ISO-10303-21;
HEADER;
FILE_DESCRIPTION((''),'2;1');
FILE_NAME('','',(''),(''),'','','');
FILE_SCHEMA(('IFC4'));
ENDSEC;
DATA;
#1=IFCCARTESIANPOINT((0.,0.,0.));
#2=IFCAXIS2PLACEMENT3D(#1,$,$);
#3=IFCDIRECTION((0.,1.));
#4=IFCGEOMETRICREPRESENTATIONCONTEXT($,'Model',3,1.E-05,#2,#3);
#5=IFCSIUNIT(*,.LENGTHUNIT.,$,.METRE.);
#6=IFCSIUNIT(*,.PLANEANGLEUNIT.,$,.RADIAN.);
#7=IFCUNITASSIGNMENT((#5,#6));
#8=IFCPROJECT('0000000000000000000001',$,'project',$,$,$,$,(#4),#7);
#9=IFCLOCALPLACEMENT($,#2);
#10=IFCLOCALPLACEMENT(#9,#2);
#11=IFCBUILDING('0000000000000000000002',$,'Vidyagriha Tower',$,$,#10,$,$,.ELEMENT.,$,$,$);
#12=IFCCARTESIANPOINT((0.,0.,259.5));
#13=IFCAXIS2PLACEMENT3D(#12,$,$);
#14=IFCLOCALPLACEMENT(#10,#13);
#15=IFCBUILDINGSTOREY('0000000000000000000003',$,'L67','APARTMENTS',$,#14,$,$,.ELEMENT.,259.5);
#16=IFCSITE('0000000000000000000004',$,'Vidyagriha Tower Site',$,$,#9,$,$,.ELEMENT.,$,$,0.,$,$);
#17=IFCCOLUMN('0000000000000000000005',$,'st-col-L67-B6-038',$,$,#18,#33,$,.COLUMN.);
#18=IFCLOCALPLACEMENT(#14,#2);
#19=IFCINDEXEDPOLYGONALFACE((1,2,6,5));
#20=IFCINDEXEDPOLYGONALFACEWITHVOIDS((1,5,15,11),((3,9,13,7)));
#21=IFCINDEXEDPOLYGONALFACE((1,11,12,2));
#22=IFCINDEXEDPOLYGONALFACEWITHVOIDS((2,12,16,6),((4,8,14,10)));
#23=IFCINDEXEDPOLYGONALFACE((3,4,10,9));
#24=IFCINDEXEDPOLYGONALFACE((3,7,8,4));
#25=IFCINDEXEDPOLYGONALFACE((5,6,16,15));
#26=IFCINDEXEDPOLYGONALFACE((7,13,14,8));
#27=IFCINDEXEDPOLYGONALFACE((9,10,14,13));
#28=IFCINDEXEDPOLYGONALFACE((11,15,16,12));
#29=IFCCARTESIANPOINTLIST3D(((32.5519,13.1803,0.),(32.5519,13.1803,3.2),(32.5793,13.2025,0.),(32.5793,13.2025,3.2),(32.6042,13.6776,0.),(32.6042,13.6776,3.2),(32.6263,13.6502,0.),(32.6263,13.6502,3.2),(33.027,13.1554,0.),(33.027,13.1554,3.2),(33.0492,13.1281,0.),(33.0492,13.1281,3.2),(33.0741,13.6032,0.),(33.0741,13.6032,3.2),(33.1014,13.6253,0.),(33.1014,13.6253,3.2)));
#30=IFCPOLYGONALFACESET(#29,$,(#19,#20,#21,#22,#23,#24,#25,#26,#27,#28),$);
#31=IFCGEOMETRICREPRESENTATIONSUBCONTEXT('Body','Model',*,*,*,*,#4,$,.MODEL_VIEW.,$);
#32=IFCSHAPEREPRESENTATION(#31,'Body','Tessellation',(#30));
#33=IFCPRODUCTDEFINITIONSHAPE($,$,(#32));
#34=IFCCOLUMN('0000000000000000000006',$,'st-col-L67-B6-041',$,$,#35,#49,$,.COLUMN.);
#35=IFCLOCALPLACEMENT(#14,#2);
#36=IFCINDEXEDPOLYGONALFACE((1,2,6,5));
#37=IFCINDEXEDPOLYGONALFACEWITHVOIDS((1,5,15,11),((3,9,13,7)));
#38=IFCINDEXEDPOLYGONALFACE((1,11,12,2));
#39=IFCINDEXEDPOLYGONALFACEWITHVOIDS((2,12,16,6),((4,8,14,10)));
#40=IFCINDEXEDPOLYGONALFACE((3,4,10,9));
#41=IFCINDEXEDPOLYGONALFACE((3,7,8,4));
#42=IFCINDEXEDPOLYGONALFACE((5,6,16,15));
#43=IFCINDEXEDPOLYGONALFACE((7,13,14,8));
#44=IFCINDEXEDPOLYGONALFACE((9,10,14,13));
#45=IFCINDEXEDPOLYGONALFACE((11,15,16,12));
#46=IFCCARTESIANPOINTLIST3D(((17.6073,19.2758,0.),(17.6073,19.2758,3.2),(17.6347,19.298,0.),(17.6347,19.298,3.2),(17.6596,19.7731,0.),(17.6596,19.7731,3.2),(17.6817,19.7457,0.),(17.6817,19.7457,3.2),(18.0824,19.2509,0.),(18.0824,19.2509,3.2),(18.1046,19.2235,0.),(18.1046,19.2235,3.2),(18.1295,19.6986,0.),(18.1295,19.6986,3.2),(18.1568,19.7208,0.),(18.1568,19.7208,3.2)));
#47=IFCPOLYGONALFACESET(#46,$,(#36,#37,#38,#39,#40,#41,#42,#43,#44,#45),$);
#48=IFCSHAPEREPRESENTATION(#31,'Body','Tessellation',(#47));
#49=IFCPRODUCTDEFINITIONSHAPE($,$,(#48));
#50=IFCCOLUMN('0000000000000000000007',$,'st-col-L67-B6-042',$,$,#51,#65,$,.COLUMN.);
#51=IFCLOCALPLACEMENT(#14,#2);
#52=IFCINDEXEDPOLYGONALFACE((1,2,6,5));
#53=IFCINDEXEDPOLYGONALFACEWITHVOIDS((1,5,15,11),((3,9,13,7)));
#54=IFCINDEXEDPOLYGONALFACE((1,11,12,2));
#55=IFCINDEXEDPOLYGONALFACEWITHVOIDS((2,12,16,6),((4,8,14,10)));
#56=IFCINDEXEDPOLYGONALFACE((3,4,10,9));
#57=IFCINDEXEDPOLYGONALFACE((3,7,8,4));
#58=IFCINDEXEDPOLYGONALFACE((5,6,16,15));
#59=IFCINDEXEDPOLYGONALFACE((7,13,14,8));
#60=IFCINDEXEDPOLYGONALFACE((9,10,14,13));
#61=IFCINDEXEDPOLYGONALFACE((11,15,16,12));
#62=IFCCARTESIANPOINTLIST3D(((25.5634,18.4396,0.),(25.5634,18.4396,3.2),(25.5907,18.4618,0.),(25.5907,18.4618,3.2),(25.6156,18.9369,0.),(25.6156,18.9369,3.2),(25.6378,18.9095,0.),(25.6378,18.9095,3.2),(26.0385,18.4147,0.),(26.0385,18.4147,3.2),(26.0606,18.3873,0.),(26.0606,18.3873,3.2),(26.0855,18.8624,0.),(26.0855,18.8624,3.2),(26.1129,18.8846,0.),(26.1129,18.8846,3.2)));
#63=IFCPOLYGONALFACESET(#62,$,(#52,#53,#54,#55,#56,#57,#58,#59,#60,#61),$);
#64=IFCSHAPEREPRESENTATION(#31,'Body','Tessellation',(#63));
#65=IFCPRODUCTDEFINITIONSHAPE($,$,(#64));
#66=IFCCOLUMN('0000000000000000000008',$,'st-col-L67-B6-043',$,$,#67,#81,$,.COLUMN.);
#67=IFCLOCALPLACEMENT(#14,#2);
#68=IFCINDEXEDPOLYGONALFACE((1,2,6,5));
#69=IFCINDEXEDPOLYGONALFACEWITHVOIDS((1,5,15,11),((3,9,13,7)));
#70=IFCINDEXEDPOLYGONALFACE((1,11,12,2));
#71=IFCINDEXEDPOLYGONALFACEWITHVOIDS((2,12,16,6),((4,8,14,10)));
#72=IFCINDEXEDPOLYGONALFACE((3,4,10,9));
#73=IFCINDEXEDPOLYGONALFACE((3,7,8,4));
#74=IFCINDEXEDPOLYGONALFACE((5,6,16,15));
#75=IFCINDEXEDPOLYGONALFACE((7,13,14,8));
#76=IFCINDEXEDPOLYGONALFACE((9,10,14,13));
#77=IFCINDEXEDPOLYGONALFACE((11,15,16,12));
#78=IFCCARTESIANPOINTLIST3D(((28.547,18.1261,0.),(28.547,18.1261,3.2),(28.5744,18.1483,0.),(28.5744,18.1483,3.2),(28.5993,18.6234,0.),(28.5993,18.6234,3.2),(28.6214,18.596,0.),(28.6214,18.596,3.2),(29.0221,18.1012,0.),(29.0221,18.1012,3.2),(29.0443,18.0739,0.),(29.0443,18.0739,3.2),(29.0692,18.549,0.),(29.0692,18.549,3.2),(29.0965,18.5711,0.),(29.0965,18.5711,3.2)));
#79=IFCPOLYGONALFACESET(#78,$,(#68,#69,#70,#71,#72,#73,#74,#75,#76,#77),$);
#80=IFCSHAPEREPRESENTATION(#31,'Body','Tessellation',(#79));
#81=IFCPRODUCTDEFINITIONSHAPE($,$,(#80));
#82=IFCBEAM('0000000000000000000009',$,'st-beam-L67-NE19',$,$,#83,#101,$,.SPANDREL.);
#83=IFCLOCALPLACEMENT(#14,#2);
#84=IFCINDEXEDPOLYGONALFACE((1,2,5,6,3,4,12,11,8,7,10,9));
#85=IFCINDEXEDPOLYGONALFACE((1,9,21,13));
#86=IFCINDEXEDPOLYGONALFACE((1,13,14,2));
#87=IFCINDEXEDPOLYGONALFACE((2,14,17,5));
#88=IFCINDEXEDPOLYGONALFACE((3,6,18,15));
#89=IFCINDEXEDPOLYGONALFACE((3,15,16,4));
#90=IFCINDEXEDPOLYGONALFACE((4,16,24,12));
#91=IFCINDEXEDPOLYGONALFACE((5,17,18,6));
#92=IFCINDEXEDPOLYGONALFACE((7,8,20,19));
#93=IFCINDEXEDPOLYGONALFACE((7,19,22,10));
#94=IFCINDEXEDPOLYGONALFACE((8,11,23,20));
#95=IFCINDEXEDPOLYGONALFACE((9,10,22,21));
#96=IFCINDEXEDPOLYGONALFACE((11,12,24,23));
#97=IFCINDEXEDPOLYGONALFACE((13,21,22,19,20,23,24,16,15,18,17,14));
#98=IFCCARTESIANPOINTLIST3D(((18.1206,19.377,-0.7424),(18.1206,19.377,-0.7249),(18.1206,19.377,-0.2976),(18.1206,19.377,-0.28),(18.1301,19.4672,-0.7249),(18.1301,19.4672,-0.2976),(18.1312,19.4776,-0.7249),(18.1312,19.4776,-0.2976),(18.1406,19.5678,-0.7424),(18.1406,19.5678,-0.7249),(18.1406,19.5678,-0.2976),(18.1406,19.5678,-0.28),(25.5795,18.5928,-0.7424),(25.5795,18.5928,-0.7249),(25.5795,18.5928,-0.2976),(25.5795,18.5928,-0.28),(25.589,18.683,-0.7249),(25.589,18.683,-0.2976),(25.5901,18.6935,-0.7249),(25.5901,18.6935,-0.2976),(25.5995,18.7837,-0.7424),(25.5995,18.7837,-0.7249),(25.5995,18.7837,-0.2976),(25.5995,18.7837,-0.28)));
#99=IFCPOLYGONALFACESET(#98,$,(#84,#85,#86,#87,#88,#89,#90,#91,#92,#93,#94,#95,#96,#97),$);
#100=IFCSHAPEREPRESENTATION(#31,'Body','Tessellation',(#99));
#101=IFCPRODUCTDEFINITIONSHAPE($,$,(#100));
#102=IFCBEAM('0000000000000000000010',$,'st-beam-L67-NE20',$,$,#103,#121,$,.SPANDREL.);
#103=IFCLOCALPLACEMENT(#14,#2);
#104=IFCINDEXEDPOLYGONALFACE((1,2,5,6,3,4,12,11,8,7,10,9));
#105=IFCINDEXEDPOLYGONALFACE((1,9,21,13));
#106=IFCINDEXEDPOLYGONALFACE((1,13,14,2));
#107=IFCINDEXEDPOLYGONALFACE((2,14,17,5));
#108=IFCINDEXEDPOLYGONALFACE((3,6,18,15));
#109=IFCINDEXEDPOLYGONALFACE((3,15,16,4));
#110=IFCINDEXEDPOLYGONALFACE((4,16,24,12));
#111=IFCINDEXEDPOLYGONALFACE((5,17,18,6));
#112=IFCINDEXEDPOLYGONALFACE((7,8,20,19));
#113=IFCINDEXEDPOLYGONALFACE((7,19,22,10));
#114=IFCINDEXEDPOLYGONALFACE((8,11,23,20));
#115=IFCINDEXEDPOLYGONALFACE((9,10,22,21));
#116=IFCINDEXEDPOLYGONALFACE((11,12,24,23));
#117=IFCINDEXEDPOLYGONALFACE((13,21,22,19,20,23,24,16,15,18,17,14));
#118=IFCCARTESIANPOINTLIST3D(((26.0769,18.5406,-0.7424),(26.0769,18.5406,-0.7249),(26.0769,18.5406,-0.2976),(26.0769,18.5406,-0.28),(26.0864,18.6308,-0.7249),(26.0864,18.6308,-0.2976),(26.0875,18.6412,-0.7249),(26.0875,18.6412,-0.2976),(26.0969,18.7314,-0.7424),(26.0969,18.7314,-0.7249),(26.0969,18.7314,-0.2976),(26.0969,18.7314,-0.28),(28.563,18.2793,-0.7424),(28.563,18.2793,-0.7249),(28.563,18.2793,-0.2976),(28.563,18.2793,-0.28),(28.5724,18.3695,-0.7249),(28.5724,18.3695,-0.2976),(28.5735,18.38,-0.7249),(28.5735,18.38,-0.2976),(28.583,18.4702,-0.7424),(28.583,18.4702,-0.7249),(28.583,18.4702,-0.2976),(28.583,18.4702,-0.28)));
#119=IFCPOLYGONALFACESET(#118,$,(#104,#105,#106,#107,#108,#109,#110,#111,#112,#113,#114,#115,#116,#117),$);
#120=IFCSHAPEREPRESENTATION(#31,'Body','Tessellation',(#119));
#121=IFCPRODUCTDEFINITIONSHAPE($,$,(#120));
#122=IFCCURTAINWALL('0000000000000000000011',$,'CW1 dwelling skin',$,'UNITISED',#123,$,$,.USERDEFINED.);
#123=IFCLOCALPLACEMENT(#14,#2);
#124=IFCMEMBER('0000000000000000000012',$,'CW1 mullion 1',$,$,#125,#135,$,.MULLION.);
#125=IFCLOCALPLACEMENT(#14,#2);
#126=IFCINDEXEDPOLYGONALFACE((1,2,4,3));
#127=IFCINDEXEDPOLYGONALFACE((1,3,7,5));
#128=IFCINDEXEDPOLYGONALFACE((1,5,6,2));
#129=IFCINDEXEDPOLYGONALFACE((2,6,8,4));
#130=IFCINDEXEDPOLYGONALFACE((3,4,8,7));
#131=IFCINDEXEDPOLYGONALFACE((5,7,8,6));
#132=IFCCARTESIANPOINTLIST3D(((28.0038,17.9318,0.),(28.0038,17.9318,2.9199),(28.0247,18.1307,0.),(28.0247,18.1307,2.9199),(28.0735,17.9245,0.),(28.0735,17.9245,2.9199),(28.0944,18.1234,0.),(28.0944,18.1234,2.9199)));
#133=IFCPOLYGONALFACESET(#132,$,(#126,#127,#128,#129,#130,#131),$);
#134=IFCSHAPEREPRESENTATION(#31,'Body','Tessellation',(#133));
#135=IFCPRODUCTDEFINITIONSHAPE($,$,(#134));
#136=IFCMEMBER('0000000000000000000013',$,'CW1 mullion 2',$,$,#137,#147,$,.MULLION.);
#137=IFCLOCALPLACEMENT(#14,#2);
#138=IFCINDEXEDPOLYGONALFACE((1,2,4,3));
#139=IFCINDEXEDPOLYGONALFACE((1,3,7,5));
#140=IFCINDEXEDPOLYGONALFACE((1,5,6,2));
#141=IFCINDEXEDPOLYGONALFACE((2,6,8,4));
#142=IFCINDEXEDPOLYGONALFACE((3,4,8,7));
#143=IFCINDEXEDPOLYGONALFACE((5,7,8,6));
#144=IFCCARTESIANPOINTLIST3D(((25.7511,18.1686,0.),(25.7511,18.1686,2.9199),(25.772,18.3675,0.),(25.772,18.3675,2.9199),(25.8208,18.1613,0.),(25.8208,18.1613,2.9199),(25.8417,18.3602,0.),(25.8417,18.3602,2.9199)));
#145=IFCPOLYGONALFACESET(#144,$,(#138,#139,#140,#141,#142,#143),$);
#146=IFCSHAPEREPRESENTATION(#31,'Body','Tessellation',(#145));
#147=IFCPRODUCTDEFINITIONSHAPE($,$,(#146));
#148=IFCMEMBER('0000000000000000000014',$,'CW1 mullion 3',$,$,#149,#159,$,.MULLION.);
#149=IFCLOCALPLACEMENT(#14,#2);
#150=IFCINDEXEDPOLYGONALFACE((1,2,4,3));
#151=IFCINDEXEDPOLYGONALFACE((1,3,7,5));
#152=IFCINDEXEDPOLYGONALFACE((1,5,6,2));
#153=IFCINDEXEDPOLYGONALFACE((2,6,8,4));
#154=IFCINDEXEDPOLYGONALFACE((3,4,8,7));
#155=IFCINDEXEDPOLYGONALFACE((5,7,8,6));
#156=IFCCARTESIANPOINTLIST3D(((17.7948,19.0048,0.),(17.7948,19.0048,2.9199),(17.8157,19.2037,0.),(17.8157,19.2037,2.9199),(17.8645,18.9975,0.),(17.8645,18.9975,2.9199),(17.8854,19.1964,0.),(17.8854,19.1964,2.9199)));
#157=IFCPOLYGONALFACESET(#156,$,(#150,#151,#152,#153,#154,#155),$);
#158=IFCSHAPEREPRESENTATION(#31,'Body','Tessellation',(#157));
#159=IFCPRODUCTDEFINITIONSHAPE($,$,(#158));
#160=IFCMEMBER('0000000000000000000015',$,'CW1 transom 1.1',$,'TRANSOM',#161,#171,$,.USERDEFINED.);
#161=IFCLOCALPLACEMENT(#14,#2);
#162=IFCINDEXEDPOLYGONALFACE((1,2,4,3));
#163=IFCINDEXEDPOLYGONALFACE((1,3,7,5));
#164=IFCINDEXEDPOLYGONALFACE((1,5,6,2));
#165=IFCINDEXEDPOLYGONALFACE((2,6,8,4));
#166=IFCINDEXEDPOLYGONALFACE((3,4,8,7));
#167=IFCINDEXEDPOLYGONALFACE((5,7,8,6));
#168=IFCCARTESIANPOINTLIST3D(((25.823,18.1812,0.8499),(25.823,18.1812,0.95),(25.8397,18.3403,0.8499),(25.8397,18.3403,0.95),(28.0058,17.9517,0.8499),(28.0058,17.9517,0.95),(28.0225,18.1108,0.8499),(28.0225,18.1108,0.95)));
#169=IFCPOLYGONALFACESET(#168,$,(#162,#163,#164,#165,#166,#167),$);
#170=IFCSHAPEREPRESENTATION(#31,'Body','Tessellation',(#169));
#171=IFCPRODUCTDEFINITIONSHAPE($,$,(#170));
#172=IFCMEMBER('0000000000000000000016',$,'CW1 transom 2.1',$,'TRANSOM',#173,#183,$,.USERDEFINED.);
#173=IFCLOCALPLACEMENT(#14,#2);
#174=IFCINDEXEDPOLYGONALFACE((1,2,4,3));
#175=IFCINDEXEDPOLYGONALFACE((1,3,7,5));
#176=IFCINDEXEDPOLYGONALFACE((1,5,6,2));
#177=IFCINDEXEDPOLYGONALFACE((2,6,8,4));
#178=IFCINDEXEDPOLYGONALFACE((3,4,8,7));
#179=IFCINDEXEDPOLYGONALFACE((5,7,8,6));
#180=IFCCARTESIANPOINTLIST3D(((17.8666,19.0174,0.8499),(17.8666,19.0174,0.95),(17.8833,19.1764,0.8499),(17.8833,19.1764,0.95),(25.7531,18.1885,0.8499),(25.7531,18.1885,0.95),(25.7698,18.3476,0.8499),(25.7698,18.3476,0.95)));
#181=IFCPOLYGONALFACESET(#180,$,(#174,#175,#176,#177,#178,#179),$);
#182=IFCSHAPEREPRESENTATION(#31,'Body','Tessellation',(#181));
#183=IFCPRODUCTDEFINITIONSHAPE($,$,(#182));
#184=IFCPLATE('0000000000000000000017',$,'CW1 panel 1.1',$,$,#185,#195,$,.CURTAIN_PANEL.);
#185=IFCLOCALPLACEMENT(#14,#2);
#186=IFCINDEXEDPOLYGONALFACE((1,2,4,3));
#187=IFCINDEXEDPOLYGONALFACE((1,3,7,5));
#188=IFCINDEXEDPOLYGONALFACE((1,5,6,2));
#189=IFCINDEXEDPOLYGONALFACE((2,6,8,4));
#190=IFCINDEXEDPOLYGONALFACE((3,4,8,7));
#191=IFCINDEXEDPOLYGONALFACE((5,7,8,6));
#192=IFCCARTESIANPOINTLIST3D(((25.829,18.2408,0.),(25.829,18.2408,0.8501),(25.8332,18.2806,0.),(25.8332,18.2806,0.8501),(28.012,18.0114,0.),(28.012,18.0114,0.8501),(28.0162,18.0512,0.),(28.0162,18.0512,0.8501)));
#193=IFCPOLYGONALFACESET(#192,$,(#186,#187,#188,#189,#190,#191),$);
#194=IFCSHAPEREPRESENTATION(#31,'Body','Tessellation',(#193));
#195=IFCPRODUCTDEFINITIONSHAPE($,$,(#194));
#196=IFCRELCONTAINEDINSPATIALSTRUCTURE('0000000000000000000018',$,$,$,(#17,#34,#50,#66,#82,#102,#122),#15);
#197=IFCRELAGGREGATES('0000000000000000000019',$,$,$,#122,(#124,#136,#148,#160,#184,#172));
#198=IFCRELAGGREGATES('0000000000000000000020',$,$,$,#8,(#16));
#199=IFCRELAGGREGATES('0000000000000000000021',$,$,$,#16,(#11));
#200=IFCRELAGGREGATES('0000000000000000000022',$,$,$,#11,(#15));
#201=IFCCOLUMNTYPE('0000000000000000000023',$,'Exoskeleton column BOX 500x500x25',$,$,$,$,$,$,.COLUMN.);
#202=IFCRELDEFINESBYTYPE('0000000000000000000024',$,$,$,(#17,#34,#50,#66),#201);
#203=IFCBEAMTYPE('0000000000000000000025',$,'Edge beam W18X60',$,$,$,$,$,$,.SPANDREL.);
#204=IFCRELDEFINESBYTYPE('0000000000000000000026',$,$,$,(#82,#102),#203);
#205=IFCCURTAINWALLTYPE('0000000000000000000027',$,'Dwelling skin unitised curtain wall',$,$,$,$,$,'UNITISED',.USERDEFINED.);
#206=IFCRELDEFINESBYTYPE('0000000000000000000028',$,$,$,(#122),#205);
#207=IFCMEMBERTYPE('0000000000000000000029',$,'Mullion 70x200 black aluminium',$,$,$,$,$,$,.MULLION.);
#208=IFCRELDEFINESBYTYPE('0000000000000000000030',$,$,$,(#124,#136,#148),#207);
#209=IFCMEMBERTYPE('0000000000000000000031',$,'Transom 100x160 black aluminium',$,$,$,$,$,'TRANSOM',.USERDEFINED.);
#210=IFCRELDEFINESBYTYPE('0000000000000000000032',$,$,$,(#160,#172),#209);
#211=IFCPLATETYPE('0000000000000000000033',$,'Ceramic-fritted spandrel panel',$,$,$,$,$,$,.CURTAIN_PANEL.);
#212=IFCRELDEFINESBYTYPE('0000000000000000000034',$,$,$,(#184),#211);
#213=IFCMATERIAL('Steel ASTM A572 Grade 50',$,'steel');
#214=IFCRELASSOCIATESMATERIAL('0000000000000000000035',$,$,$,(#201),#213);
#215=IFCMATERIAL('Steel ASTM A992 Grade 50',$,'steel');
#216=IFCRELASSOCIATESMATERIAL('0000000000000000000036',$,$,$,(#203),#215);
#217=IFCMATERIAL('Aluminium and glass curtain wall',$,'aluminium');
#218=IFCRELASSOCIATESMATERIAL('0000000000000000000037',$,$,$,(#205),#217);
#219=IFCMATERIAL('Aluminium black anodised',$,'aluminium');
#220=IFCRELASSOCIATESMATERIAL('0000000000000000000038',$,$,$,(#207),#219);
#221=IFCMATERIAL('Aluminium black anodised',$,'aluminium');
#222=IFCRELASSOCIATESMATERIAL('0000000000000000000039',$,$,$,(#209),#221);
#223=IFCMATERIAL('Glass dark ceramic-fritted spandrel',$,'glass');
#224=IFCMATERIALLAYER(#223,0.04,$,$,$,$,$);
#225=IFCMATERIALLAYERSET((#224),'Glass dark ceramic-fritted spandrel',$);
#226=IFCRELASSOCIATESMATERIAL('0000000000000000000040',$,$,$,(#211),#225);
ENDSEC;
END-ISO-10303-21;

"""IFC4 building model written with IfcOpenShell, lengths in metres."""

from ifc_helpers import new_model, si_unit, direction, frame, origin, origin_2d, place, context, subcontext, project, spatial, rectangle, hollow_rectangle, i_section, extrude, material, layer, layer_set, material_profile, profile_set, type_object, element, aggregate, save


model = new_model("IFC4")

# Units and contexts
model_context = context("Model", 3, precision=1e-05, world=origin(), true_north=direction((0.0, 1.0)))
body_context = subcontext(model_context, "Body", "Model", "MODEL_VIEW")
ifc_project = project(units=[si_unit("LENGTHUNIT", "METRE"), si_unit("PLANEANGLEUNIT", "RADIAN")], contexts=[model_context])

# Site, building, storey
site_placement = place(None, origin())
site = spatial("IfcSite", under=ifc_project, at=site_placement, Name="Vidyagriha Tower Site", CompositionType="ELEMENT", RefElevation=0.0)
building_placement = place(site_placement, origin())
building = spatial("IfcBuilding", under=site, at=building_placement, Name="Vidyagriha Tower", CompositionType="ELEMENT")
storey_placement = place(building_placement, frame((0.0, 0.0, 259.5)))
storey = spatial("IfcBuildingStorey", under=building, at=storey_placement, Name="L67", Description="APARTMENTS", CompositionType="ELEMENT", Elevation=259.5)

# Columns
ifc_material_1 = material(Name="Steel ASTM A572 Grade 50", Category="steel")
ifc_material_profile_1 = material_profile(ifc_material_1, hollow_rectangle(XDim=0.5, YDim=0.5, WallThickness=0.0249, at=origin_2d()), Name="BOX 500x500x25")
ifc_profile_set_1 = profile_set([ifc_material_profile_1], Name="Steel ASTM A572 Grade 50")
column_type = type_object("IfcColumnType", Name="Exoskeleton column BOX 500x500x25", PredefinedType="COLUMN", material=ifc_profile_set_1)
for number, where, z_axis, x_axis, name in (
    (1, (32.8267, 13.4028, 0.0), (0.0, 0.0, 1.0), (0.994522, -0.104528, 0.0), "st-col-L67-B6-038"),
    (2, (17.8821, 19.4983, 0.0), (0.0, 0.0, 1.0), (0.994522, -0.104528, 0.0), "st-col-L67-B6-041"),
    (3, (25.8381, 18.6621, 0.0), (0.0, 0.0, 1.0), (0.994522, -0.104528, 0.0), "st-col-L67-B6-042"),
    (4, (28.8218, 18.3486, 0.0), (0.0, 0.0, 1.0), (0.994522, -0.104528, 0.0), "st-col-L67-B6-043"),
):
    element("IfcColumn", number, at=place(storey_placement, frame(where, z_axis=z_axis, x_axis=x_axis)), inside=storey, type_object=column_type, Name=name, PredefinedType="COLUMN", context=body_context, shape_type="SweptSolid", body=[
        extrude(hollow_rectangle(XDim=0.5, YDim=0.5, WallThickness=0.0249, at=origin_2d()), origin(), (0.0, 0.0, 1.0), 3.2),
    ])

# Beams
ifc_material_2 = material(Name="Steel ASTM A992 Grade 50", Category="steel")
ifc_material_profile_2 = material_profile(ifc_material_2, i_section(OverallWidth=0.1919, OverallDepth=0.4624, WebThickness=0.0105, FlangeThickness=0.0176, at=origin_2d()), Name="W18X60")
ifc_profile_set_2 = profile_set([ifc_material_profile_2], Name="Steel ASTM A992 Grade 50")
beam_type = type_object("IfcBeamType", Name="Edge beam W18X60", PredefinedType="SPANDREL", material=ifc_profile_set_2)
beam_1_placement = place(storey_placement, frame((18.1306, 19.4724, -0.5112), z_axis=(0.994519, -0.104556, 0.0), x_axis=(0.104556, 0.994519, 0.0)))
element("IfcBeam", 5, at=beam_1_placement, inside=storey, type_object=beam_type, Name="st-beam-L67-NE19", PredefinedType="SPANDREL", context=body_context, shape_type="SweptSolid", body=[
    extrude(i_section(OverallWidth=0.1919, OverallDepth=0.4624, WebThickness=0.0105, FlangeThickness=0.0176, at=origin_2d()), origin(), (0.0, 0.0, 1.0), 7.5),
])
beam_2_placement = place(storey_placement, frame((26.0869, 18.636, -0.5112), z_axis=(0.994525, -0.104502, 0.0), x_axis=(0.104502, 0.994525, 0.0)))
element("IfcBeam", 6, at=beam_2_placement, inside=storey, type_object=beam_type, Name="st-beam-L67-NE20", PredefinedType="SPANDREL", context=body_context, shape_type="SweptSolid", body=[
    extrude(i_section(OverallWidth=0.1919, OverallDepth=0.4624, WebThickness=0.0105, FlangeThickness=0.0176, at=origin_2d()), origin(), (0.0, 0.0, 1.0), 2.4998),
])

# Curtain wall, members, plate
ifc_material_3 = material(Name="Aluminium and glass curtain wall", Category="aluminium")
curtain_wall_type = type_object("IfcCurtainWallType", Name="Dwelling skin unitised curtain wall", ElementType="UNITISED", PredefinedType="USERDEFINED", material=ifc_material_3)
curtain_wall_placement = place(storey_placement, origin())
curtain_wall = element("IfcCurtainWall", 7, at=curtain_wall_placement, inside=storey, type_object=curtain_wall_type, Name="CW1 dwelling skin", ObjectType="UNITISED", PredefinedType="USERDEFINED")
ifc_material_4 = material(Name="Aluminium black anodised", Category="aluminium")
ifc_material_profile_3 = material_profile(ifc_material_4, rectangle(XDim=0.2, YDim=0.0701, at=origin_2d()), Name="Mullion 70x200 black aluminium")
ifc_profile_set_3 = profile_set([ifc_material_profile_3], Name="Aluminium black anodised")
member_type_1 = type_object("IfcMemberType", Name="Mullion 70x200 black aluminium", PredefinedType="MULLION", material=ifc_profile_set_3)
member_1_placement = place(storey_placement, frame((28.0491, 18.0276, 0.0), z_axis=(0.0, 0.0, 1.0), x_axis=(-0.104529, -0.994522, 0.0)))
member_1 = element("IfcMember", 8, at=member_1_placement, type_object=member_type_1, Name="CW1 mullion 1", PredefinedType="MULLION", context=body_context, shape_type="SweptSolid", body=[
    extrude(rectangle(XDim=0.2, YDim=0.0701, at=origin_2d()), origin(), (0.0, 0.0, 1.0), 2.9199),
])
member_2_placement = place(storey_placement, frame((25.7964, 18.2644, 0.0), z_axis=(0.0, 0.0, 1.0), x_axis=(-0.104529, -0.994522, 0.0)))
member_2 = element("IfcMember", 9, at=member_2_placement, type_object=member_type_1, Name="CW1 mullion 2", PredefinedType="MULLION", context=body_context, shape_type="SweptSolid", body=[
    extrude(rectangle(XDim=0.2, YDim=0.0701, at=origin_2d()), origin(), (0.0, 0.0, 1.0), 2.9199),
])
member_3_placement = place(storey_placement, frame((17.8401, 19.1006, 0.0), z_axis=(0.0, 0.0, 1.0), x_axis=(-0.104529, -0.994522, 0.0)))
member_3 = element("IfcMember", 10, at=member_3_placement, type_object=member_type_1, Name="CW1 mullion 3", PredefinedType="MULLION", context=body_context, shape_type="SweptSolid", body=[
    extrude(rectangle(XDim=0.2, YDim=0.0701, at=origin_2d()), origin(), (0.0, 0.0, 1.0), 2.9199),
])
ifc_material_5 = material(Name="Aluminium black anodised", Category="aluminium")
ifc_material_profile_4 = material_profile(ifc_material_5, rectangle(XDim=0.1599, YDim=0.1001, at=origin_2d()), Name="Transom 100x160 black aluminium")
ifc_profile_set_4 = profile_set([ifc_material_profile_4], Name="Aluminium black anodised")
member_type_2 = type_object("IfcMemberType", Name="Transom 100x160 black aluminium", ElementType="TRANSOM", PredefinedType="USERDEFINED", material=ifc_profile_set_4)
member_4_placement = place(storey_placement, frame((28.0142, 18.0312, 0.8999), z_axis=(-0.994519, 0.104557, 0.0), x_axis=(-0.104557, -0.994519, 0.0)))
member_4 = element("IfcMember", 11, at=member_4_placement, type_object=member_type_2, Name="CW1 transom 1.1", ObjectType="TRANSOM", PredefinedType="USERDEFINED", context=body_context, shape_type="SweptSolid", body=[
    extrude(rectangle(XDim=0.1599, YDim=0.1001, at=origin_2d()), origin(), (0.0, 0.0, 1.0), 2.1948),
])
member_5_placement = place(storey_placement, frame((25.7615, 18.2681, 0.8999), z_axis=(-0.994522, 0.104523, 0.0), x_axis=(-0.104523, -0.994522, 0.0)))
member_5 = element("IfcMember", 12, at=member_5_placement, type_object=member_type_2, Name="CW1 transom 2.1", ObjectType="TRANSOM", PredefinedType="USERDEFINED", context=body_context, shape_type="SweptSolid", body=[
    extrude(rectangle(XDim=0.1599, YDim=0.1001, at=origin_2d()), origin(), (0.0, 0.0, 1.0), 7.9299),
])
ifc_material_6 = material(Name="Glass dark ceramic-fritted spandrel", Category="glass")
ifc_layer_1 = layer(ifc_material_6, 0.04)
ifc_layer_set_1 = layer_set([ifc_layer_1], Name="Glass dark ceramic-fritted spandrel")
plate_type_1 = type_object("IfcPlateType", Name="Ceramic-fritted spandrel panel", PredefinedType="CURTAIN_PANEL", material=ifc_layer_set_1)
plate_1_placement = place(storey_placement, frame((26.9226, 18.146, 0.0), z_axis=(0.0, 0.0, 1.0), x_axis=(-0.994522, 0.104529, 0.0)))
plate_1 = element("IfcPlate", 13, at=plate_1_placement, type_object=plate_type_1, Name="CW1 panel 1.1", PredefinedType="CURTAIN_PANEL", context=body_context, shape_type="SweptSolid", body=[
    extrude(rectangle(XDim=2.1951, YDim=0.04, at=origin_2d()), origin(), (0.0, 0.0, 1.0), 0.8501),
])
aggregate(curtain_wall, [member_1, member_2, member_3, member_4, plate_1, member_5])

save(model, "model.ifc")
